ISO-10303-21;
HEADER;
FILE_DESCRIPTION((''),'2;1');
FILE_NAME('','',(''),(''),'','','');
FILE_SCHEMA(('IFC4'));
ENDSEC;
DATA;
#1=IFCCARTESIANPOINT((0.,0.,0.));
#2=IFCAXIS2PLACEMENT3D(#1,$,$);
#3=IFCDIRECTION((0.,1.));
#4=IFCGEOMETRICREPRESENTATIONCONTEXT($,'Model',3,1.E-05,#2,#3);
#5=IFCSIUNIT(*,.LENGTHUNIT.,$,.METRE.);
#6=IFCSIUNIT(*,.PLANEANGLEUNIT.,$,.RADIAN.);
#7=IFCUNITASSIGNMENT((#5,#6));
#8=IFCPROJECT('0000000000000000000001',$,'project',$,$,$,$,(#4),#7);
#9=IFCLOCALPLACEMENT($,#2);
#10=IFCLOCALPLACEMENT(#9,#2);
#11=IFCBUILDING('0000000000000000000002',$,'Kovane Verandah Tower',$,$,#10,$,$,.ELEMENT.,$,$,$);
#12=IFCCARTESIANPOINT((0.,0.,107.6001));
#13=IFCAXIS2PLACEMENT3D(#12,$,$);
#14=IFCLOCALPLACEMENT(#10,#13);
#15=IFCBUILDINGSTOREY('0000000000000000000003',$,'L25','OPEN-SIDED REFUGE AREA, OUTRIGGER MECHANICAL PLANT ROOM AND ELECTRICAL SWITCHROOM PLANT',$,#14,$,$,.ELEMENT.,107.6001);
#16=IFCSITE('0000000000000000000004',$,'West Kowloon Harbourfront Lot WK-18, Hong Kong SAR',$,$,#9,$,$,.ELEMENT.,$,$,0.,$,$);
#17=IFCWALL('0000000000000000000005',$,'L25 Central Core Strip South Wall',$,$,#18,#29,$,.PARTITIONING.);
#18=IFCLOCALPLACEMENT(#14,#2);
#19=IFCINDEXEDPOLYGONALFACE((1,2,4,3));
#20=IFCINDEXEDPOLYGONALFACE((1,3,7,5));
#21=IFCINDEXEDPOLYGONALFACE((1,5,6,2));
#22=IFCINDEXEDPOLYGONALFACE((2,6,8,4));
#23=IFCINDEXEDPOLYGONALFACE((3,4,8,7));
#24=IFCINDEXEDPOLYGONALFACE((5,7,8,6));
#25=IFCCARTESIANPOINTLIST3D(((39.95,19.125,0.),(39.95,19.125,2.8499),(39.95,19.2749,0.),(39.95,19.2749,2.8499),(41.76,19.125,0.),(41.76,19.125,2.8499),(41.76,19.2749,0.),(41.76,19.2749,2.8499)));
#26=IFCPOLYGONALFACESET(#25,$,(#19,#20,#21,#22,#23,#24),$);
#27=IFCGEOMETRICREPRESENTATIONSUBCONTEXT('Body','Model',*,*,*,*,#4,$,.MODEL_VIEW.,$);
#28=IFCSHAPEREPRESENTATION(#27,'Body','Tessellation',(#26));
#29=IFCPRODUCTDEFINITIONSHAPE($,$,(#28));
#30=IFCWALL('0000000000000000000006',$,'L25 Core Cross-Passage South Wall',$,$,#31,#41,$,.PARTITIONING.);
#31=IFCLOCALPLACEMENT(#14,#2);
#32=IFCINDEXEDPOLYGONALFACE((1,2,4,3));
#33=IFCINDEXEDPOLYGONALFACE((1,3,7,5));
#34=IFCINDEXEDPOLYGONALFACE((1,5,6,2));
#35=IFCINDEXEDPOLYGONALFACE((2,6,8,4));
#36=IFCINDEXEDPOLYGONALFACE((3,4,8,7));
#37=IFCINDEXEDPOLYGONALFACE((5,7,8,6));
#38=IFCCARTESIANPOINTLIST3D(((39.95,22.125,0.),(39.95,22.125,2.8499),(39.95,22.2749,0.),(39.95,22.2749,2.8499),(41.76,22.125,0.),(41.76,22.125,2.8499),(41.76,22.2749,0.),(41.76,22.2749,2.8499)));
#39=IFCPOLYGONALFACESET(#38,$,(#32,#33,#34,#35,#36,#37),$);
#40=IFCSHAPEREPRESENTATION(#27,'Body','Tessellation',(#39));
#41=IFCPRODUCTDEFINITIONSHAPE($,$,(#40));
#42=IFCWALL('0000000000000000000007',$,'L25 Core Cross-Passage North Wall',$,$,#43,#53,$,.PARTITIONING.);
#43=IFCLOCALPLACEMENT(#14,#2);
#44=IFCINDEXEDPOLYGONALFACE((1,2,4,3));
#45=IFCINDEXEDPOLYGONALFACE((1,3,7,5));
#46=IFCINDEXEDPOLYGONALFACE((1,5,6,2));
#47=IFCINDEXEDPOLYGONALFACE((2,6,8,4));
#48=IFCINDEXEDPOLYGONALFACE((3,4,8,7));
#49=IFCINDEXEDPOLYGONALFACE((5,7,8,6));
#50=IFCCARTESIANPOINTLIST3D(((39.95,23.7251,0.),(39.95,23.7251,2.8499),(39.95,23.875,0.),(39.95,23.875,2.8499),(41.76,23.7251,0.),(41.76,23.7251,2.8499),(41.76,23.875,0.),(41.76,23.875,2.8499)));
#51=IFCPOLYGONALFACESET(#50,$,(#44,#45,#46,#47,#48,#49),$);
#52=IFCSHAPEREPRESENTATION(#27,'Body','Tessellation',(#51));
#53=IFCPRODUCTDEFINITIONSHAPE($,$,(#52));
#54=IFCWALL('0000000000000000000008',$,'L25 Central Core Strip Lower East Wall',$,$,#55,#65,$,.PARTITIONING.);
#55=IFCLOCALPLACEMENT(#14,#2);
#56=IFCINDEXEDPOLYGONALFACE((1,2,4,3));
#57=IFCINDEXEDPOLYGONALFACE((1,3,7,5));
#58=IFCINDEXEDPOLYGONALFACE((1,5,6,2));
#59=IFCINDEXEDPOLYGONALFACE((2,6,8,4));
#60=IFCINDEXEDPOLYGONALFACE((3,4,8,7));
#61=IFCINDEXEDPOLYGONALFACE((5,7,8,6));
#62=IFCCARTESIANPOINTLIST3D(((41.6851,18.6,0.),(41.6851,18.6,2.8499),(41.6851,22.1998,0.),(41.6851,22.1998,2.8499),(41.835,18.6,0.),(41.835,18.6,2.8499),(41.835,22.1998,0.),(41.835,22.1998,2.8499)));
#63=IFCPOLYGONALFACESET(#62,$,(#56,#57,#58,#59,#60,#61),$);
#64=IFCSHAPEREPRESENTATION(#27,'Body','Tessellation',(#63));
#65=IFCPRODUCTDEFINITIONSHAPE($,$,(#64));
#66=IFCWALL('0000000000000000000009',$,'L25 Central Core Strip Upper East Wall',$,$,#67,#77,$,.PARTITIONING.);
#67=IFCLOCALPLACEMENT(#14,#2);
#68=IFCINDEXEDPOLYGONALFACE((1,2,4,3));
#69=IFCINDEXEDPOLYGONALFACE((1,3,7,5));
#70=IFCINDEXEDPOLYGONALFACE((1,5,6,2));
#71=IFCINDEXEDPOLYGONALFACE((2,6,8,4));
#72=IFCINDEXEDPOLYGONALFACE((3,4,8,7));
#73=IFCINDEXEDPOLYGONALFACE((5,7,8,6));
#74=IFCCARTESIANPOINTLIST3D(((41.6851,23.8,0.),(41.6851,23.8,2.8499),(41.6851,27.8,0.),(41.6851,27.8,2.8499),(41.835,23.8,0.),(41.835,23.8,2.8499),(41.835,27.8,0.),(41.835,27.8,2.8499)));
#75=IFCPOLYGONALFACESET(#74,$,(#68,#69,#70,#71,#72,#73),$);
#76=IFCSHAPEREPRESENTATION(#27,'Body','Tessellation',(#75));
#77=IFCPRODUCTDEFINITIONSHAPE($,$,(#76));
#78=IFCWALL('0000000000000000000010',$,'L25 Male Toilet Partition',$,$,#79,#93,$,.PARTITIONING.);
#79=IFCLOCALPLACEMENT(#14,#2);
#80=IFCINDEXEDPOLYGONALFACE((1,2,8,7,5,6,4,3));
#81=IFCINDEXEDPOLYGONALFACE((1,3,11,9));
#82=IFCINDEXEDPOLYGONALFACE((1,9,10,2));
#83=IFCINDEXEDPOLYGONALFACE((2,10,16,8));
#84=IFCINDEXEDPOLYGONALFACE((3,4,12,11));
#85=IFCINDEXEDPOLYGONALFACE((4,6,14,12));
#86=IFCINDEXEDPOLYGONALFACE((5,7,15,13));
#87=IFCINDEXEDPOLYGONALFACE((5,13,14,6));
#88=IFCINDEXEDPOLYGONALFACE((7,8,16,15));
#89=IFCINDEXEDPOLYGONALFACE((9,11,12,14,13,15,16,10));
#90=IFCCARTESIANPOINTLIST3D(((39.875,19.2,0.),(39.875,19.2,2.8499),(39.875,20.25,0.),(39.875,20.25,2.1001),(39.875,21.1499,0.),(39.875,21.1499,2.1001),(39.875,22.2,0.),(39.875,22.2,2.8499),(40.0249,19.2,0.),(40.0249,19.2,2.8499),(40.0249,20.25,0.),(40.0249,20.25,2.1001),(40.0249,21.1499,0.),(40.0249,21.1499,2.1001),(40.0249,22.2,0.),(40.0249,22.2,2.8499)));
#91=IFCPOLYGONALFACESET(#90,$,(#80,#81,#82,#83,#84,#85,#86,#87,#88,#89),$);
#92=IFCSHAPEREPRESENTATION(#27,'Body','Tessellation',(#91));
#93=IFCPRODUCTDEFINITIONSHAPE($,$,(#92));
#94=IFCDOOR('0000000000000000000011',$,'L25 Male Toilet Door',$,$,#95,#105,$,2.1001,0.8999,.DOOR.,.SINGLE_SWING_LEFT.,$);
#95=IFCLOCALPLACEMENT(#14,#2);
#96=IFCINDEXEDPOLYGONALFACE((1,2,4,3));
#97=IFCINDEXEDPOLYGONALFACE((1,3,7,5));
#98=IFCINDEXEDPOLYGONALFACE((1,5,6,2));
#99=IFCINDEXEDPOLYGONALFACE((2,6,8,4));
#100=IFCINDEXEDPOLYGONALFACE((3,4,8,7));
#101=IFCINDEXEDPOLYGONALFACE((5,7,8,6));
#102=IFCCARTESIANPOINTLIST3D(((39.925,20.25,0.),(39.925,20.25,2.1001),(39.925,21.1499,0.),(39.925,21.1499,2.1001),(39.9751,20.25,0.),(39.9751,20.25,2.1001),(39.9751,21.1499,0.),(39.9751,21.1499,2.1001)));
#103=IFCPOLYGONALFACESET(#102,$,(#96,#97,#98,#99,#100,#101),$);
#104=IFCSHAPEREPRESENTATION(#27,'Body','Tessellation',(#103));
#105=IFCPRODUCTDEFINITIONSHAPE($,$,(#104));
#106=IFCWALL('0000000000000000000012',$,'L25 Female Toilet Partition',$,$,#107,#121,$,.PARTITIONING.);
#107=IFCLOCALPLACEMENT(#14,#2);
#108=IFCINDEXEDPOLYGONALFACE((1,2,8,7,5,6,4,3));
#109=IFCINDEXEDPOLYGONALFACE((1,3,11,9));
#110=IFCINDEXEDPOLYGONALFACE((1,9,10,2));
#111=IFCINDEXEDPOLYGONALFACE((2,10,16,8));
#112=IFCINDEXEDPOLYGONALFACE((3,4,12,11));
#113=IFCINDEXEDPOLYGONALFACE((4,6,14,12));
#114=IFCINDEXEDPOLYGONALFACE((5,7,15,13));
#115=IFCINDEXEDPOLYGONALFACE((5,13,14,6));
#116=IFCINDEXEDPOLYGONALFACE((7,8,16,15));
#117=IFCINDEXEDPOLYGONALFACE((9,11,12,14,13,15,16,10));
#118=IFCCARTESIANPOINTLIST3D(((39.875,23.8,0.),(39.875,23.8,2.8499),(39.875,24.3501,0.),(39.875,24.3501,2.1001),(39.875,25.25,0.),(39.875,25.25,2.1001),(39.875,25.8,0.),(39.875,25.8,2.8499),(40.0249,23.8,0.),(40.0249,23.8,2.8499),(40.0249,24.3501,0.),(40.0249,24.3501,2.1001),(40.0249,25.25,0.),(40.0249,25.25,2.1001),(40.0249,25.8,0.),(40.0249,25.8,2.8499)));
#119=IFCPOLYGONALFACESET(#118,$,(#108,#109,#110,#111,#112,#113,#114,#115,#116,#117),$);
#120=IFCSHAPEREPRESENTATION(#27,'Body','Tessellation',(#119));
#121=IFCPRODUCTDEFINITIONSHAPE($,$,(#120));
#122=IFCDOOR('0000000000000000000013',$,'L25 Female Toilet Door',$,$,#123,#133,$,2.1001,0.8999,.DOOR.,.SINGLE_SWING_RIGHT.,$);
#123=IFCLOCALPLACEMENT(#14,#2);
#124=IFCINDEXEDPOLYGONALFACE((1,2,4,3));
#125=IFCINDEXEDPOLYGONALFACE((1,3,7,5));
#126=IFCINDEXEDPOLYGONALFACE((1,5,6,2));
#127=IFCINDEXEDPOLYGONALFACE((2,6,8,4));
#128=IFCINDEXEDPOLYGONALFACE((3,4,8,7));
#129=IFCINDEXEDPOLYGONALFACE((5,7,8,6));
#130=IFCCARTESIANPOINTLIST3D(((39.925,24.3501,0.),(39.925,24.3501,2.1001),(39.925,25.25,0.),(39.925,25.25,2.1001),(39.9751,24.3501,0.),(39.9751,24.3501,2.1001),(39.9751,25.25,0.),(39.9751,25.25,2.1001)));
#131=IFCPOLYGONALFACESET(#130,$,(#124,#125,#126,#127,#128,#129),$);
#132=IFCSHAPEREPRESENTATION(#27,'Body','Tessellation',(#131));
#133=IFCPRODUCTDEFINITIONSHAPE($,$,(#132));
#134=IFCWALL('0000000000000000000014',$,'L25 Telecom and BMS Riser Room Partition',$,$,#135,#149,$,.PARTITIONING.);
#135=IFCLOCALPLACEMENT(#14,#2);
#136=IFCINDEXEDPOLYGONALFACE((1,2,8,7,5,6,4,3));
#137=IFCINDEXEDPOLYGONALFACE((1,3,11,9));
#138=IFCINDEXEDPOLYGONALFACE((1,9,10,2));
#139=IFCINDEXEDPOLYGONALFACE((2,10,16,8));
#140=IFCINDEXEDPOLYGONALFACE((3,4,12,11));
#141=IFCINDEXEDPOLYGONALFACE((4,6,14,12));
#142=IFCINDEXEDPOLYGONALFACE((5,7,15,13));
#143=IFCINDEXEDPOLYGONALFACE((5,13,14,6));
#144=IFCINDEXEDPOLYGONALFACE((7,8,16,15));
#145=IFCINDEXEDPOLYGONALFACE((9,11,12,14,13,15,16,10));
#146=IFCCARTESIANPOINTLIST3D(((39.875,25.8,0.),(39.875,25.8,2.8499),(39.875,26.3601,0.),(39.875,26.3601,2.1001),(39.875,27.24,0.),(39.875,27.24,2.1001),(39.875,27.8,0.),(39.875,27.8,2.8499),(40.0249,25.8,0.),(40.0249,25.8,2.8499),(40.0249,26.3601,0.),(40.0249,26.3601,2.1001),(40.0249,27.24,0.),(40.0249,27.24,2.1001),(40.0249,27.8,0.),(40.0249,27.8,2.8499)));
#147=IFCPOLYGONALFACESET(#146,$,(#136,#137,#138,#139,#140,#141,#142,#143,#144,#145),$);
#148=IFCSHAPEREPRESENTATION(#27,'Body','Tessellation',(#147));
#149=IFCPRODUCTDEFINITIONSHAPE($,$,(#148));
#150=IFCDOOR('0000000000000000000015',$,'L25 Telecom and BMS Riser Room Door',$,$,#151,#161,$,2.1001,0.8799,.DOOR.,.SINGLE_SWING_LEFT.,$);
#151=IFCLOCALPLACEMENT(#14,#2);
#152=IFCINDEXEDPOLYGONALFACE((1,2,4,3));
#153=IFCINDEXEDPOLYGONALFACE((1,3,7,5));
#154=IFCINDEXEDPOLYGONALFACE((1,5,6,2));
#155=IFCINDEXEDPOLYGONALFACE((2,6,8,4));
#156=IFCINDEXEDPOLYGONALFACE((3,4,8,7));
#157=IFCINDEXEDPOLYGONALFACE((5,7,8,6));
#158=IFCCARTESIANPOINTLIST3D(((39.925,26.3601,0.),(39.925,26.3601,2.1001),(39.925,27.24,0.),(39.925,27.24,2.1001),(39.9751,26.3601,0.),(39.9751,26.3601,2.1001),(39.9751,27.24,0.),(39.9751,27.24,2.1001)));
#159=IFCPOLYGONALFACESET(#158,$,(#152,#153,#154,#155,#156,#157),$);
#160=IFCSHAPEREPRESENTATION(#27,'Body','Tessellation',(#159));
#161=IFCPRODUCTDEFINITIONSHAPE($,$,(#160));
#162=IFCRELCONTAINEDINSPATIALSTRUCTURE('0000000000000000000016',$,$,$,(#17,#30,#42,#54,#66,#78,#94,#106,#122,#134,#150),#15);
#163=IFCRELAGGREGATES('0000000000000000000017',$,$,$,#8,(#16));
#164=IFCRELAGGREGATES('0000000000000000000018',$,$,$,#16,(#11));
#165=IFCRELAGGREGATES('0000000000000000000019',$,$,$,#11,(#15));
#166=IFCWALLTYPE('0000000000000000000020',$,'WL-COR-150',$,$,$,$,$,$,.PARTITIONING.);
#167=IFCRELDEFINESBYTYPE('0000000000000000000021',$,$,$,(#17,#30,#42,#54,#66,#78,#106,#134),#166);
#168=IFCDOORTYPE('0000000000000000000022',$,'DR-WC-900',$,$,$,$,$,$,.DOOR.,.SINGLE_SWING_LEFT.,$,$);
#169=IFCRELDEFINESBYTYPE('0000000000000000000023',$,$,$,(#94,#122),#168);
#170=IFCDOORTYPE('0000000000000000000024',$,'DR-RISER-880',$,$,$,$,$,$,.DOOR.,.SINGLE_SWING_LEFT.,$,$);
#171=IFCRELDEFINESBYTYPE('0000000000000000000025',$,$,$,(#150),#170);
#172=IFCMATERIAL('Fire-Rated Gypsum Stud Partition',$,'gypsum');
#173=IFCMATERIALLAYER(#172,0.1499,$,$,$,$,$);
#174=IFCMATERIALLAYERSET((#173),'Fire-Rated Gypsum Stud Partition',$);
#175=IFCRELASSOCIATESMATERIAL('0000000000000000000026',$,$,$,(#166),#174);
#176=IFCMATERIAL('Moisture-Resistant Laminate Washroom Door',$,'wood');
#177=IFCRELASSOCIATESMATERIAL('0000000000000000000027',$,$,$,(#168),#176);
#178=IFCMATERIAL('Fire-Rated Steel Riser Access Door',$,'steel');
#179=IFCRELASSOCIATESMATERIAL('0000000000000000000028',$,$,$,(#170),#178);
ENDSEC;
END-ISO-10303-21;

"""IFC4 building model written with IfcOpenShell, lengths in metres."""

from ifc_helpers import new_model, si_unit, direction, frame, frame_2d, origin, place, context, subcontext, project, spatial, rectangle, extrude, material, layer, layer_set, type_object, element, fill, save


model = new_model("IFC4")

# Units and contexts
model_context = context("Model", 3, precision=1e-05, world=origin(), true_north=direction((0.0, 1.0)))
body_context = subcontext(model_context, "Body", "Model", "MODEL_VIEW")
ifc_project = project(units=[si_unit("LENGTHUNIT", "METRE"), si_unit("PLANEANGLEUNIT", "RADIAN")], contexts=[model_context])

# Site, building, storey
site_placement = place(None, origin())
site = spatial("IfcSite", under=ifc_project, at=site_placement, Name="West Kowloon Harbourfront Lot WK-18, Hong Kong SAR", CompositionType="ELEMENT", RefElevation=0.0)
building_placement = place(site_placement, origin())
building = spatial("IfcBuilding", under=site, at=building_placement, Name="Kovane Verandah Tower", CompositionType="ELEMENT")
storey_placement = place(building_placement, frame((0.0, 0.0, 107.6001)))
storey = spatial("IfcBuildingStorey", under=building, at=storey_placement, Name="L25", Description="OPEN-SIDED REFUGE AREA, OUTRIGGER MECHANICAL PLANT ROOM AND ELECTRICAL SWITCHROOM PLANT", CompositionType="ELEMENT", Elevation=107.6001)

# Walls
ifc_material_1 = material(Name="Fire-Rated Gypsum Stud Partition", Category="gypsum")
ifc_layer_1 = layer(ifc_material_1, 0.1499)
ifc_layer_set_1 = layer_set([ifc_layer_1], Name="Fire-Rated Gypsum Stud Partition")
wall_type_1 = type_object("IfcWallType", Name="WL-COR-150", PredefinedType="PARTITIONING", material=ifc_layer_set_1)
for number, where, z_axis, x_axis, name in (
    (1, (39.95, 19.2, 0.0), (0.0, 0.0, 1.0), (1.0, 0.0, 0.0), "L25 Central Core Strip South Wall"),
    (2, (39.95, 22.2, 0.0), (0.0, 0.0, 1.0), (1.0, 0.0, 0.0), "L25 Core Cross-Passage South Wall"),
    (3, (39.95, 23.8, 0.0), (0.0, 0.0, 1.0), (1.0, 0.0, 0.0), "L25 Core Cross-Passage North Wall"),
):
    element("IfcWall", number, at=place(storey_placement, frame(where, z_axis=z_axis, x_axis=x_axis)), inside=storey, type_object=wall_type_1, Name=name, PredefinedType="PARTITIONING", context=body_context, shape_type="SweptSolid", body=[
        extrude(rectangle(XDim=1.8101, YDim=0.1499, at=frame_2d((0.905, 0.0))), origin(), (0.0, 0.0, 1.0), 2.8499),
    ])
wall_1_placement = place(storey_placement, frame((41.76, 18.6001, 0.0), z_axis=(0.0, 0.0, 1.0), x_axis=(0.0, 1.0, 0.0)))
element("IfcWall", 4, at=wall_1_placement, inside=storey, type_object=wall_type_1, Name="L25 Central Core Strip Lower East Wall", PredefinedType="PARTITIONING", context=body_context, shape_type="SweptSolid", body=[
    extrude(rectangle(XDim=3.5999, YDim=0.1499, at=frame_2d((1.7998, 0.0))), origin(), (0.0, 0.0, 1.0), 2.8499),
])
wall_2_placement = place(storey_placement, frame((41.76, 23.8, 0.0), z_axis=(0.0, 0.0, 1.0), x_axis=(0.0, 1.0, 0.0)))
element("IfcWall", 5, at=wall_2_placement, inside=storey, type_object=wall_type_1, Name="L25 Central Core Strip Upper East Wall", PredefinedType="PARTITIONING", context=body_context, shape_type="SweptSolid", body=[
    extrude(rectangle(XDim=4.0, YDim=0.1499, at=frame_2d((2.0, 0.0))), origin(), (0.0, 0.0, 1.0), 2.8499),
])

# Walls, openings, doors
wall_3_placement = place(storey_placement, frame((39.95, 19.2, 0.0), z_axis=(0.0, 0.0, 1.0), x_axis=(0.0, 1.0, 0.0)))
wall_3 = element("IfcWall", 6, at=wall_3_placement, inside=storey, type_object=wall_type_1, Name="L25 Male Toilet Partition", PredefinedType="PARTITIONING", context=body_context, shape_type="SweptSolid", body=[
    extrude(rectangle(XDim=3.0, YDim=0.1499, at=frame_2d((1.5, 0.0))), origin(), (0.0, 0.0, 1.0), 2.8499),
])
opening_1_placement = place(wall_3_placement, frame((1.05, 0.0, 0.0)))
opening_1 = element("IfcOpeningElement", 7, at=opening_1_placement, cuts=wall_3, PredefinedType="OPENING", context=body_context, shape_type="SweptSolid", body=[
    extrude(rectangle(XDim=0.8999, YDim=2.1001, at=frame_2d((0.45, 1.05))), frame((0.0, 0.075, 0.0), z_axis=(0.0, -1.0, 0.0), x_axis=(1.0, 0.0, 0.0)), (0.0, 0.0, 1.0), 0.1499),
])
ifc_material_2 = material(Name="Moisture-Resistant Laminate Washroom Door", Category="wood")
door_type_1 = type_object("IfcDoorType", Name="DR-WC-900", OperationType="SINGLE_SWING_LEFT", PredefinedType="DOOR", material=ifc_material_2)
door_1_placement = place(opening_1_placement, origin())
door_1 = element("IfcDoor", 8, at=door_1_placement, inside=storey, type_object=door_type_1, Name="L25 Male Toilet Door", OperationType="SINGLE_SWING_LEFT", OverallHeight=2.1001, OverallWidth=0.8999, PredefinedType="DOOR", context=body_context, shape_type="SweptSolid", body=[
    extrude(rectangle(XDim=0.8999, YDim=2.1001, at=frame_2d((0.45, 1.05))), frame((0.0, 0.0249, 0.0), z_axis=(0.0, -1.0, 0.0), x_axis=(1.0, 0.0, 0.0)), (0.0, 0.0, 1.0), 0.05),
])
fill(opening_1, door_1)
wall_4_placement = place(storey_placement, frame((39.95, 23.8, 0.0), z_axis=(0.0, 0.0, 1.0), x_axis=(0.0, 1.0, 0.0)))
wall_4 = element("IfcWall", 9, at=wall_4_placement, inside=storey, type_object=wall_type_1, Name="L25 Female Toilet Partition", PredefinedType="PARTITIONING", context=body_context, shape_type="SweptSolid", body=[
    extrude(rectangle(XDim=2.0, YDim=0.1499, at=frame_2d((1.0, 0.0))), origin(), (0.0, 0.0, 1.0), 2.8499),
])
opening_2_placement = place(wall_4_placement, frame((0.55, 0.0, 0.0)))
opening_2 = element("IfcOpeningElement", 10, at=opening_2_placement, cuts=wall_4, PredefinedType="OPENING", context=body_context, shape_type="SweptSolid", body=[
    extrude(rectangle(XDim=0.8999, YDim=2.1001, at=frame_2d((0.45, 1.05))), frame((0.0, 0.075, 0.0), z_axis=(0.0, -1.0, 0.0), x_axis=(1.0, 0.0, 0.0)), (0.0, 0.0, 1.0), 0.1499),
])
door_2_placement = place(opening_2_placement, origin())
door_2 = element("IfcDoor", 11, at=door_2_placement, inside=storey, type_object=door_type_1, Name="L25 Female Toilet Door", OperationType="SINGLE_SWING_RIGHT", OverallHeight=2.1001, OverallWidth=0.8999, PredefinedType="DOOR", context=body_context, shape_type="SweptSolid", body=[
    extrude(rectangle(XDim=0.8999, YDim=2.1001, at=frame_2d((0.45, 1.05))), frame((0.0, 0.0249, 0.0), z_axis=(0.0, -1.0, 0.0), x_axis=(1.0, 0.0, 0.0)), (0.0, 0.0, 1.0), 0.05),
])
fill(opening_2, door_2)
wall_5_placement = place(storey_placement, frame((39.95, 25.8, 0.0), z_axis=(0.0, 0.0, 1.0), x_axis=(0.0, 1.0, 0.0)))
wall_5 = element("IfcWall", 12, at=wall_5_placement, inside=storey, type_object=wall_type_1, Name="L25 Telecom and BMS Riser Room Partition", PredefinedType="PARTITIONING", context=body_context, shape_type="SweptSolid", body=[
    extrude(rectangle(XDim=2.0, YDim=0.1499, at=frame_2d((1.0, 0.0))), origin(), (0.0, 0.0, 1.0), 2.8499),
])
opening_3_placement = place(wall_5_placement, frame((0.5601, 0.0, 0.0)))
opening_3 = element("IfcOpeningElement", 13, at=opening_3_placement, cuts=wall_5, PredefinedType="OPENING", context=body_context, shape_type="SweptSolid", body=[
    extrude(rectangle(XDim=0.8799, YDim=2.1001, at=frame_2d((0.4399, 1.05))), frame((0.0, 0.075, 0.0), z_axis=(0.0, -1.0, 0.0), x_axis=(1.0, 0.0, 0.0)), (0.0, 0.0, 1.0), 0.1499),
])
ifc_material_3 = material(Name="Fire-Rated Steel Riser Access Door", Category="steel")
door_type_2 = type_object("IfcDoorType", Name="DR-RISER-880", OperationType="SINGLE_SWING_LEFT", PredefinedType="DOOR", material=ifc_material_3)
door_3_placement = place(opening_3_placement, origin())
door_3 = element("IfcDoor", 14, at=door_3_placement, inside=storey, type_object=door_type_2, Name="L25 Telecom and BMS Riser Room Door", OperationType="SINGLE_SWING_LEFT", OverallHeight=2.1001, OverallWidth=0.8799, PredefinedType="DOOR", context=body_context, shape_type="SweptSolid", body=[
    extrude(rectangle(XDim=0.8799, YDim=2.1001, at=frame_2d((0.4399, 1.05))), frame((0.0, 0.0249, 0.0), z_axis=(0.0, -1.0, 0.0), x_axis=(1.0, 0.0, 0.0)), (0.0, 0.0, 1.0), 0.05),
])
fill(opening_3, door_3)

save(model, "model.ifc")
